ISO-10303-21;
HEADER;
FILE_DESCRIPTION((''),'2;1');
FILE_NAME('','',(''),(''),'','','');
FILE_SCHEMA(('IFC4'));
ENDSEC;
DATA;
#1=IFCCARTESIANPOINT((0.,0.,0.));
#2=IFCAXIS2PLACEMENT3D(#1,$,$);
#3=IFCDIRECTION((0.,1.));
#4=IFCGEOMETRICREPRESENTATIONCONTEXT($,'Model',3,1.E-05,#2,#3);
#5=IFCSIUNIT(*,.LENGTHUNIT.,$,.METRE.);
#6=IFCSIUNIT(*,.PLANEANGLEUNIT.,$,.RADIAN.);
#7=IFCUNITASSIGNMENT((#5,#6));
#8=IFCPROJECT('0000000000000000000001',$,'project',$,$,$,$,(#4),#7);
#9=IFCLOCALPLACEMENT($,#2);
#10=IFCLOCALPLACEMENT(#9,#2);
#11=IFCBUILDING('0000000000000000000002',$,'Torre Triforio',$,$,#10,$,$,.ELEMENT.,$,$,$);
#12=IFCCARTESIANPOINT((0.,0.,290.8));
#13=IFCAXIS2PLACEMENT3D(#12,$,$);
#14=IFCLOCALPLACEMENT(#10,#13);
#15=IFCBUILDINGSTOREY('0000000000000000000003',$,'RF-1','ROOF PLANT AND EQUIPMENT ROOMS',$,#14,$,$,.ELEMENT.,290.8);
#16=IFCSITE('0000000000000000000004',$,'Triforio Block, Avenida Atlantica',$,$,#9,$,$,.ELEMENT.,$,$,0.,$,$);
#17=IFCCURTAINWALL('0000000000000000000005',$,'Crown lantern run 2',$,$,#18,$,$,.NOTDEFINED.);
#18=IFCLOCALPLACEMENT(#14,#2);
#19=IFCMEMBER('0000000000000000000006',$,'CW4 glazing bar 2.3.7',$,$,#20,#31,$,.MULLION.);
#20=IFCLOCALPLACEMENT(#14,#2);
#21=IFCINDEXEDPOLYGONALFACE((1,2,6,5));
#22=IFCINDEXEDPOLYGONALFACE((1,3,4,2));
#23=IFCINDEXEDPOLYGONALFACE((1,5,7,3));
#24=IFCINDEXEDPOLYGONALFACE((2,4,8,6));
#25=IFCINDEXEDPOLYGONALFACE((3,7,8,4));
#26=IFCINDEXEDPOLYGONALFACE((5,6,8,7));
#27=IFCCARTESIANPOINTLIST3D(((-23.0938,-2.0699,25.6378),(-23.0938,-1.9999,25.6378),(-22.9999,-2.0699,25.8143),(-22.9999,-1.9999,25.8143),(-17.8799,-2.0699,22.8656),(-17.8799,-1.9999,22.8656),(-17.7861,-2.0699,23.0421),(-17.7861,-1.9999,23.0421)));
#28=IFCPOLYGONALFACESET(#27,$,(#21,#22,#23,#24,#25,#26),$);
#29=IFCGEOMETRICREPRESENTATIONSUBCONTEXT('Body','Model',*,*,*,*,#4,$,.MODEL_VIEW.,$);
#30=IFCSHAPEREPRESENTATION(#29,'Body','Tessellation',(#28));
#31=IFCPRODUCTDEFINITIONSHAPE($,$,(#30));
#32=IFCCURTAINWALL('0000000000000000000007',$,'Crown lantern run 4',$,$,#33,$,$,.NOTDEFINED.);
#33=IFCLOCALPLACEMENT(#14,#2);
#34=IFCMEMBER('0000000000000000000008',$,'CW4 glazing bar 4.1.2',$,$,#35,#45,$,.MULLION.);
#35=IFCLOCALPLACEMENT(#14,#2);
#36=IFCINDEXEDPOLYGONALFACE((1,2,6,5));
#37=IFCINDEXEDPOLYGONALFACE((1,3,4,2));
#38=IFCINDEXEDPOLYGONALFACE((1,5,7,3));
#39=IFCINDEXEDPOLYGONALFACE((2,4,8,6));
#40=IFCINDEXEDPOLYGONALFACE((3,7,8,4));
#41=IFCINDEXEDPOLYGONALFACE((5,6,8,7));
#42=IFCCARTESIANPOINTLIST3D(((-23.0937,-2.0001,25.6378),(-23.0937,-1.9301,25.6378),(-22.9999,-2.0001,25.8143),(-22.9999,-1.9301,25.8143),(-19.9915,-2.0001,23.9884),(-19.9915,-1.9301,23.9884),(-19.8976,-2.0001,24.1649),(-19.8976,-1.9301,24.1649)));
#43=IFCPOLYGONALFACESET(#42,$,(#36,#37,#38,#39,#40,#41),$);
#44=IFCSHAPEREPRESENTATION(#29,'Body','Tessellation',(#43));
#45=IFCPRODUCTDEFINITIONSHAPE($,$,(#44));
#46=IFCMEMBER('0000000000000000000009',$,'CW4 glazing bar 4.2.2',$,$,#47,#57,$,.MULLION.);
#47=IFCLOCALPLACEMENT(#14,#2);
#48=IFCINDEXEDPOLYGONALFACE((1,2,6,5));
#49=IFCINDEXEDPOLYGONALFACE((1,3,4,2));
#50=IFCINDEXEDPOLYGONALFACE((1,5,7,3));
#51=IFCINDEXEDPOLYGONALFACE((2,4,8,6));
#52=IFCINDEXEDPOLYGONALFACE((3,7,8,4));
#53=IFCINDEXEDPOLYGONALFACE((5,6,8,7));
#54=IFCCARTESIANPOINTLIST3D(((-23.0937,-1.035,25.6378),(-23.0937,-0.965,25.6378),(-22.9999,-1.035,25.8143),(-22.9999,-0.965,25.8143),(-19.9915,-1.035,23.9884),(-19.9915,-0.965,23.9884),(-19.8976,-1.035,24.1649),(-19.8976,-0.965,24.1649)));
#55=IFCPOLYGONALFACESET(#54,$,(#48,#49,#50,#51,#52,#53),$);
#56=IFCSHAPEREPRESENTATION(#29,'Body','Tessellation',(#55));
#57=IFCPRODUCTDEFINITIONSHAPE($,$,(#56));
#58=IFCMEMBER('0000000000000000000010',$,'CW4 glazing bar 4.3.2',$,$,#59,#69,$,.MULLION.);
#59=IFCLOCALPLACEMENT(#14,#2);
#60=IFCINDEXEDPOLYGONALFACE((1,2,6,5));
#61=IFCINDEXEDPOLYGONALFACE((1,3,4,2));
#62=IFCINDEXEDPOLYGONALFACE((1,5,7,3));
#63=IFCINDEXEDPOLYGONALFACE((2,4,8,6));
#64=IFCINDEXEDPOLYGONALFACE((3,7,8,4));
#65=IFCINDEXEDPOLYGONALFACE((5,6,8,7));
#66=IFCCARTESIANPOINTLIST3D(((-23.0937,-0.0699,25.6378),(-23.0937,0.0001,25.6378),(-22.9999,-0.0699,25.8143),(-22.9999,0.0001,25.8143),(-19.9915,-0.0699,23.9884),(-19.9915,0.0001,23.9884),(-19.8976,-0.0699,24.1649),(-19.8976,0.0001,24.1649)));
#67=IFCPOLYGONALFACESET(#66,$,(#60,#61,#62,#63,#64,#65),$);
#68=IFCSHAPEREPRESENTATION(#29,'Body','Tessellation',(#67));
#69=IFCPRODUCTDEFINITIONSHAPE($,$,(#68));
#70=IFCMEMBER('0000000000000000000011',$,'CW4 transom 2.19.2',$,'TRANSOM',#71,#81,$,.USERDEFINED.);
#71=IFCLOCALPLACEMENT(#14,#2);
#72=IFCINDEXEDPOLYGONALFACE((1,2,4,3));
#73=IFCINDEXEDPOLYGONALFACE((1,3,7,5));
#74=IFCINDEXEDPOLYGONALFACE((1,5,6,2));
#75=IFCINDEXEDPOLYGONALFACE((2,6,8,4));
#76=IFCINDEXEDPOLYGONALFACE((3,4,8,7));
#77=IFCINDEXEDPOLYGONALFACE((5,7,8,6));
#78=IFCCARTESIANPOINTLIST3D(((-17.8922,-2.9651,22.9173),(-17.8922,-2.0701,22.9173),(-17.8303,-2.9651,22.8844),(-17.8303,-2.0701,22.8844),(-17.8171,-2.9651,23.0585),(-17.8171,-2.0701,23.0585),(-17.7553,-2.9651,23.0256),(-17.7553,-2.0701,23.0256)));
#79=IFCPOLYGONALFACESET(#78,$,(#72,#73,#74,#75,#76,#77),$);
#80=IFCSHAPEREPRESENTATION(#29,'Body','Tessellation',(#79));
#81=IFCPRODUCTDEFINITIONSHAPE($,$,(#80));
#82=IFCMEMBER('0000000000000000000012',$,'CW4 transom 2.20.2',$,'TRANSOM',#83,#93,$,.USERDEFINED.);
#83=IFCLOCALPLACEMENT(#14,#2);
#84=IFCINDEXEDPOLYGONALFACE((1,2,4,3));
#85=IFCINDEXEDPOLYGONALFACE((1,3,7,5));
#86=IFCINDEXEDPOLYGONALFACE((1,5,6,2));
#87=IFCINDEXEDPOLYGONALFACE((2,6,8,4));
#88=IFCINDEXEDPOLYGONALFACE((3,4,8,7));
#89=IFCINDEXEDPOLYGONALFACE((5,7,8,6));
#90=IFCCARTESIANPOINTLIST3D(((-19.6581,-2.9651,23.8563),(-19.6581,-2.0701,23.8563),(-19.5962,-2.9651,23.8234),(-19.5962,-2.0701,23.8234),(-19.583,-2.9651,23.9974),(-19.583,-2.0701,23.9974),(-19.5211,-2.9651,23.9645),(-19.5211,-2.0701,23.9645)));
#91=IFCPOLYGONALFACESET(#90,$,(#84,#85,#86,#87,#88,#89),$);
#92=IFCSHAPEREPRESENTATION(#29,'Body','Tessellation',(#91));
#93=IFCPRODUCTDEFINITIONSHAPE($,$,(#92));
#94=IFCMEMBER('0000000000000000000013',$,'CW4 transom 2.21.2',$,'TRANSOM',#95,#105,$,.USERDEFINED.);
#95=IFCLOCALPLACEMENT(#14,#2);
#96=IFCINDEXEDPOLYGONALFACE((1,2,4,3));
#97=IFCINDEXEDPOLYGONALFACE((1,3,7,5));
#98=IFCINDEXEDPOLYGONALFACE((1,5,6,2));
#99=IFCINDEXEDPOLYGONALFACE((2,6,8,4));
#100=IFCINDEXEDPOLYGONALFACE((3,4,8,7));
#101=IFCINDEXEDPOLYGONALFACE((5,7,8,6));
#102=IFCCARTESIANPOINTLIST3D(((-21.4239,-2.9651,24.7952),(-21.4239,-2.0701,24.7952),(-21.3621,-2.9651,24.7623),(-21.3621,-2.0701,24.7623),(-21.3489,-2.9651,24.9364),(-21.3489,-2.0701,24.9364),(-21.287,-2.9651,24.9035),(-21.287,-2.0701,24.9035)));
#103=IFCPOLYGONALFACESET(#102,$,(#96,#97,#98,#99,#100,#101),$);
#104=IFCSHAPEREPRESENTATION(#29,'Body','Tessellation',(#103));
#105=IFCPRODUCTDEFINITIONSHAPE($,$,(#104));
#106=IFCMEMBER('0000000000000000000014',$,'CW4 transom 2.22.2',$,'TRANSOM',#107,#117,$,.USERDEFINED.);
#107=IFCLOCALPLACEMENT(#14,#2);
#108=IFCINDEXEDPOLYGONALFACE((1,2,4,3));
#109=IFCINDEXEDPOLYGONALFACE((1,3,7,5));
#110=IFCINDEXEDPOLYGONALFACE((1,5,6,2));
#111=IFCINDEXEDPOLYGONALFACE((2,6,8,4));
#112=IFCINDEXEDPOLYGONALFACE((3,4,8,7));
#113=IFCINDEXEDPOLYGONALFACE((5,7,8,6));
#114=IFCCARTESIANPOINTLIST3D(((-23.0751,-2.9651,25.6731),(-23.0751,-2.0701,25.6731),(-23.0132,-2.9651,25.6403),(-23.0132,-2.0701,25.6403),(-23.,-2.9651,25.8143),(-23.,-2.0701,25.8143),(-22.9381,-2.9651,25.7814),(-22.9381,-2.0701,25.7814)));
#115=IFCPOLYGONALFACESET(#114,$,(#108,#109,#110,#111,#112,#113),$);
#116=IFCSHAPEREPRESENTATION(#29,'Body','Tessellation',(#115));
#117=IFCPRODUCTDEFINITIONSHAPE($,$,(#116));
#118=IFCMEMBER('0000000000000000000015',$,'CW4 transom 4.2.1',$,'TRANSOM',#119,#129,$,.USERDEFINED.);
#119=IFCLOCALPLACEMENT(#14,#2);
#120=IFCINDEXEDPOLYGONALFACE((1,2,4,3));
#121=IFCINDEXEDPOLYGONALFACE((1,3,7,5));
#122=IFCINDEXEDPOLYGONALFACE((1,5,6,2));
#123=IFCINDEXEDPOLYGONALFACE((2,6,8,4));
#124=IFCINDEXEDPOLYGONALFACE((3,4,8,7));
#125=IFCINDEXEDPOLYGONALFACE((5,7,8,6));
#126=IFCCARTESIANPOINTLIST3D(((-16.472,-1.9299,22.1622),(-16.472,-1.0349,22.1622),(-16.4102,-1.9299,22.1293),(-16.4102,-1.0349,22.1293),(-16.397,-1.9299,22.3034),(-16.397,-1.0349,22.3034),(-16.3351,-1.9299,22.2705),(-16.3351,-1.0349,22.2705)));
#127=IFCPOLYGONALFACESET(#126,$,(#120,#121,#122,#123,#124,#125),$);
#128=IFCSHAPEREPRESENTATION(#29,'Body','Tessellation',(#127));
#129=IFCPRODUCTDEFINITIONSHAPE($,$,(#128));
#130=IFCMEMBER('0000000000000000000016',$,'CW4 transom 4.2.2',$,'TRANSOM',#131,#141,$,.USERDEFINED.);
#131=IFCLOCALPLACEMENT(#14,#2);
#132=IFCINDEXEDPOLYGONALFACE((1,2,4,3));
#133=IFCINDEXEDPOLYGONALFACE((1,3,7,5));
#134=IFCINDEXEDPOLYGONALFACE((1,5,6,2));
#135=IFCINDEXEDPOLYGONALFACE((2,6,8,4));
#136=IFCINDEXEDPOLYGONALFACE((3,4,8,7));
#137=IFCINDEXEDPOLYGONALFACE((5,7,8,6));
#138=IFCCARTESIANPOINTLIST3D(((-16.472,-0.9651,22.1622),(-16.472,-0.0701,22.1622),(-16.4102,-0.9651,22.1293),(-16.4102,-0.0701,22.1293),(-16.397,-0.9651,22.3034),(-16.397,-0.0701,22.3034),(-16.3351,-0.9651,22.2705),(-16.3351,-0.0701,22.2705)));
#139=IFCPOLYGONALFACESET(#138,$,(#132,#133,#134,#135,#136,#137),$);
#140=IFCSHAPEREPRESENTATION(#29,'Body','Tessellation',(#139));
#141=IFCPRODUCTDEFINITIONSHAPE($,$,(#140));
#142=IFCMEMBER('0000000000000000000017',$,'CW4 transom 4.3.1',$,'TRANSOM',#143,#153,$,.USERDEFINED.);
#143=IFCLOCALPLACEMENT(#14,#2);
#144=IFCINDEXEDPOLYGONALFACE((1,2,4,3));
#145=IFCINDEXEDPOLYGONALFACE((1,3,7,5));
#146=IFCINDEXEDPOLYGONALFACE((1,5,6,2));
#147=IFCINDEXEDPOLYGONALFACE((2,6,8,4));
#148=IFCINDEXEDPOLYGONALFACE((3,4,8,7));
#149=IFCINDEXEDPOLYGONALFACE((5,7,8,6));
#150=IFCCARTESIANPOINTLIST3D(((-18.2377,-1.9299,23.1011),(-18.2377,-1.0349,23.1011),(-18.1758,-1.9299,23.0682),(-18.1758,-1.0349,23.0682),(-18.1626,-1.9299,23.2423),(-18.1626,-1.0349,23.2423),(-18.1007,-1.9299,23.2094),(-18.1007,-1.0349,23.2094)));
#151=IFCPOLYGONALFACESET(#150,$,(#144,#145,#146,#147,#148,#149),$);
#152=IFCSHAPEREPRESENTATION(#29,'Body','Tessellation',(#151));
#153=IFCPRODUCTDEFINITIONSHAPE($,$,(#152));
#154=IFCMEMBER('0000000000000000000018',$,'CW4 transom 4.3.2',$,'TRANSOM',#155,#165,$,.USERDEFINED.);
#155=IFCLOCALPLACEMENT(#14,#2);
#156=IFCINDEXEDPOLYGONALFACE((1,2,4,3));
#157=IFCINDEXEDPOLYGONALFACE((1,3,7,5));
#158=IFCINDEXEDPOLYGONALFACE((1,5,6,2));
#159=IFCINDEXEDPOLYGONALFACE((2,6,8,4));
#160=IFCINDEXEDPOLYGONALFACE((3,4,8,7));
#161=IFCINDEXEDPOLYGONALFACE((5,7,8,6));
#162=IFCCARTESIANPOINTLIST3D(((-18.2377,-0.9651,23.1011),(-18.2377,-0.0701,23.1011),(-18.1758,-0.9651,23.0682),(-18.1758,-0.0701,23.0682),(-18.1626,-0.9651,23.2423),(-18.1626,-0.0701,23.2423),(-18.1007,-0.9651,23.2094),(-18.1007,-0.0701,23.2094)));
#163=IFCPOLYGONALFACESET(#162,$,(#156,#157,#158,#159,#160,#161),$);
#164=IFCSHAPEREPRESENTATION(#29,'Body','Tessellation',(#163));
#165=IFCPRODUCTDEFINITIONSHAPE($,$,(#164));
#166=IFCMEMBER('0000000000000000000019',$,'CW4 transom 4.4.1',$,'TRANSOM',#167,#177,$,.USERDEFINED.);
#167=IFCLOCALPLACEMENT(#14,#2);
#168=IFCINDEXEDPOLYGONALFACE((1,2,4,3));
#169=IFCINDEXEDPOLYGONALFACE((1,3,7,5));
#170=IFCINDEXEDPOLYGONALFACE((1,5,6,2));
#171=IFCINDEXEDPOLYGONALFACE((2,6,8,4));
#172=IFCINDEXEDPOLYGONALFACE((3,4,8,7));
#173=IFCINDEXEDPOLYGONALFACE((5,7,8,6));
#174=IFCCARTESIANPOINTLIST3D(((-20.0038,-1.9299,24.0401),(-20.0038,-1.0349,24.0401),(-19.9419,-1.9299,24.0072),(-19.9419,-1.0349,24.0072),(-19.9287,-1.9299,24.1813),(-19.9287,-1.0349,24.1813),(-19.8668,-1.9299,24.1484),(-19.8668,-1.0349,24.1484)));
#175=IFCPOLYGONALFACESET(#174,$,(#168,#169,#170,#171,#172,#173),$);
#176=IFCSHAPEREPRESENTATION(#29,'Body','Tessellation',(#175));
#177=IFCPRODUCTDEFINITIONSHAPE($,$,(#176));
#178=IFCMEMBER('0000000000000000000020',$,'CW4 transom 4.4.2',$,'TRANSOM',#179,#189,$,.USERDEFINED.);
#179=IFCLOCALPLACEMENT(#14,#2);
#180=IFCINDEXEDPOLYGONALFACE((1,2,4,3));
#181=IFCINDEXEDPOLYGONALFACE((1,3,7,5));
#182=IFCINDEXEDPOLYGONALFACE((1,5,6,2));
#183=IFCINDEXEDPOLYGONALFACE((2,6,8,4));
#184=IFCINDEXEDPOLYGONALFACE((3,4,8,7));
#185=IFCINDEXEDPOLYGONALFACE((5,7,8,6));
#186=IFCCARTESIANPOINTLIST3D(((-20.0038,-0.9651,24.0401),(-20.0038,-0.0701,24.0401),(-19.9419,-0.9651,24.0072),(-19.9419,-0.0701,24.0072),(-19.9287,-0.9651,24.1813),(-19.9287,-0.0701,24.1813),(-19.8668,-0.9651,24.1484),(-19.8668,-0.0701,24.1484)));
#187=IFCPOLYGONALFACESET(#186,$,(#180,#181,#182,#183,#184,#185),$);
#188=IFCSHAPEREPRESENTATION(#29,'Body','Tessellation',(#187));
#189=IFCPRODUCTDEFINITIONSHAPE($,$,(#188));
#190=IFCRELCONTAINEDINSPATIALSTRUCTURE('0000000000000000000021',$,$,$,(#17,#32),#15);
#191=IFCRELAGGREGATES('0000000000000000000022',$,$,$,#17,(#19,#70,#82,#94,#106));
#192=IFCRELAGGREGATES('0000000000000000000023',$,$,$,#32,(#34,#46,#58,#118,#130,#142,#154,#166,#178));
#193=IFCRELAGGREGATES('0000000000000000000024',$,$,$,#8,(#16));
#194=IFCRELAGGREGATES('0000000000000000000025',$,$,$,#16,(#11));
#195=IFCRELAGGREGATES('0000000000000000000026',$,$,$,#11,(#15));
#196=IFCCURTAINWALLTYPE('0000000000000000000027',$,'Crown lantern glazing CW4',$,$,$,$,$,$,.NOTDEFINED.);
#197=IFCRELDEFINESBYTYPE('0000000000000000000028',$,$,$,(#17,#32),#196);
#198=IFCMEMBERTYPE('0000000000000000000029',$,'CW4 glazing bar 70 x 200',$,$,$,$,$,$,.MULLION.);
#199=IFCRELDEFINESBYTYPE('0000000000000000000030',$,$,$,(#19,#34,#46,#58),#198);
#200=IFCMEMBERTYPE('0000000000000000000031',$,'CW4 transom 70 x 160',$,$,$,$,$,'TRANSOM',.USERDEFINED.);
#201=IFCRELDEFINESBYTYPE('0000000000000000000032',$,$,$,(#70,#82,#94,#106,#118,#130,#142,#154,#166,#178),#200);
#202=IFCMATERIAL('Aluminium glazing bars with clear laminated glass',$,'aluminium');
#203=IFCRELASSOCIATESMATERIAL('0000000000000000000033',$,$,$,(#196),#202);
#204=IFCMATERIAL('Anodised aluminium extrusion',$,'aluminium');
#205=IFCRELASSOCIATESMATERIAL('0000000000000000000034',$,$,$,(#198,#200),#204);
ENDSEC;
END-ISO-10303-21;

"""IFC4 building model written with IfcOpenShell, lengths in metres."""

from ifc_helpers import new_model, si_unit, direction, frame, origin, origin_2d, place, context, subcontext, project, spatial, rectangle, extrude, material, material_profile, profile_set, type_object, element, aggregate, save


model = new_model("IFC4")

# Units and contexts
model_context = context("Model", 3, precision=1e-05, world=origin(), true_north=direction((0.0, 1.0)))
body_context = subcontext(model_context, "Body", "Model", "MODEL_VIEW")
ifc_project = project(units=[si_unit("LENGTHUNIT", "METRE"), si_unit("PLANEANGLEUNIT", "RADIAN")], contexts=[model_context])

# Site, building, storey
site_placement = place(None, origin())
site = spatial("IfcSite", under=ifc_project, at=site_placement, Name="Triforio Block, Avenida Atlantica", CompositionType="ELEMENT", RefElevation=0.0)
building_placement = place(site_placement, origin())
building = spatial("IfcBuilding", under=site, at=building_placement, Name="Torre Triforio", CompositionType="ELEMENT")
storey_placement = place(building_placement, frame((0.0, 0.0, 290.8)))
storey = spatial("IfcBuildingStorey", under=building, at=storey_placement, Name="RF-1", Description="ROOF PLANT AND EQUIPMENT ROOMS", CompositionType="ELEMENT", Elevation=290.8)

# Curtain wall, member
ifc_material_1 = material(Name="Aluminium glazing bars with clear laminated glass", Category="aluminium")
curtain_wall_type = type_object("IfcCurtainWallType", Name="Crown lantern glazing CW4", PredefinedType="NOTDEFINED", material=ifc_material_1)
curtain_wall_1_placement = place(storey_placement, origin())
curtain_wall_1 = element("IfcCurtainWall", 1, at=curtain_wall_1_placement, inside=storey, type_object=curtain_wall_type, Name="Crown lantern run 2", PredefinedType="NOTDEFINED")
ifc_material_2 = material(Name="Anodised aluminium extrusion", Category="aluminium")
ifc_material_profile_1 = material_profile(ifc_material_2, rectangle(XDim=0.0701, YDim=0.2, at=origin_2d()), Name="CW4 MULLION 70x200")
ifc_profile_set_1 = profile_set([ifc_material_profile_1], Name="Anodised aluminium extrusion")
member_type_1 = type_object("IfcMemberType", Name="CW4 glazing bar 70 x 200", PredefinedType="MULLION", material=ifc_profile_set_1)
member_1_placement = place(storey_placement, frame((-17.833, -2.0349, 22.9539), z_axis=(-0.882951, 0.0, 0.469466), x_axis=(0.0, -1.0, 0.0)))
member_1 = element("IfcMember", 2, at=member_1_placement, type_object=member_type_1, Name="CW4 glazing bar 2.3.7", PredefinedType="MULLION", context=body_context, shape_type="SweptSolid", body=[
    extrude(rectangle(XDim=0.0701, YDim=0.2, at=origin_2d()), origin(), (0.0, 0.0, 1.0), 5.905),
])

# Curtain wall, members
curtain_wall_2_placement = place(storey_placement, origin())
curtain_wall_2 = element("IfcCurtainWall", 3, at=curtain_wall_2_placement, inside=storey, type_object=curtain_wall_type, Name="Crown lantern run 4", PredefinedType="NOTDEFINED")
member_2_placement = place(storey_placement, frame((-19.9446, -1.9651, 24.0767), z_axis=(-0.88296, 0.0, 0.469448), x_axis=(0.0, -1.0, 0.0)))
member_2 = element("IfcMember", 4, at=member_2_placement, type_object=member_type_1, Name="CW4 glazing bar 4.1.2", PredefinedType="MULLION", context=body_context, shape_type="SweptSolid", body=[
    extrude(rectangle(XDim=0.0701, YDim=0.2, at=origin_2d()), origin(), (0.0, 0.0, 1.0), 3.5134),
])
member_3_placement = place(storey_placement, frame((-19.9446, -1.0, 24.0767), z_axis=(-0.88296, 0.0, 0.469448), x_axis=(0.0, -1.0, 0.0)))
member_3 = element("IfcMember", 5, at=member_3_placement, type_object=member_type_1, Name="CW4 glazing bar 4.2.2", PredefinedType="MULLION", context=body_context, shape_type="SweptSolid", body=[
    extrude(rectangle(XDim=0.0701, YDim=0.2, at=origin_2d()), origin(), (0.0, 0.0, 1.0), 3.5134),
])
member_4_placement = place(storey_placement, frame((-19.9446, -0.0349, 24.0767), z_axis=(-0.88296, 0.0, 0.469448), x_axis=(0.0, -1.0, 0.0)))
member_4 = element("IfcMember", 6, at=member_4_placement, type_object=member_type_1, Name="CW4 glazing bar 4.3.2", PredefinedType="MULLION", context=body_context, shape_type="SweptSolid", body=[
    extrude(rectangle(XDim=0.0701, YDim=0.2, at=origin_2d()), origin(), (0.0, 0.0, 1.0), 3.5134),
])

# Members
ifc_material_profile_2 = material_profile(ifc_material_2, rectangle(XDim=0.0701, YDim=0.1599, at=origin_2d()), Name="CW4 TRANSOM 70x160")
ifc_profile_set_2 = profile_set([ifc_material_profile_2], Name="Anodised aluminium extrusion")
member_type_2 = type_object("IfcMemberType", Name="CW4 transom 70 x 160", ElementType="TRANSOM", PredefinedType="USERDEFINED", material=ifc_profile_set_2)
member_5_placement = place(storey_placement, frame((-17.8237, -2.9651, 22.9714), z_axis=(0.0, 1.0, 0.0), x_axis=(-0.882948, 0.0, 0.469472)))
member_5 = element("IfcMember", 7, at=member_5_placement, type_object=member_type_2, Name="CW4 transom 2.19.2", ObjectType="TRANSOM", PredefinedType="USERDEFINED", context=body_context, shape_type="SweptSolid", body=[
    extrude(rectangle(XDim=0.0701, YDim=0.1599, at=origin_2d()), origin(), (0.0, 0.0, 1.0), 0.895),
])
member_6_placement = place(storey_placement, frame((-19.5896, -2.9651, 23.9104), z_axis=(0.0, 1.0, 0.0), x_axis=(-0.882948, 0.0, 0.469472)))
member_6 = element("IfcMember", 8, at=member_6_placement, type_object=member_type_2, Name="CW4 transom 2.20.2", ObjectType="TRANSOM", PredefinedType="USERDEFINED", context=body_context, shape_type="SweptSolid", body=[
    extrude(rectangle(XDim=0.0701, YDim=0.1599, at=origin_2d()), origin(), (0.0, 0.0, 1.0), 0.895),
])
member_7_placement = place(storey_placement, frame((-21.3555, -2.9651, 24.8494), z_axis=(0.0, 1.0, 0.0), x_axis=(-0.882948, 0.0, 0.469472)))
member_7 = element("IfcMember", 9, at=member_7_placement, type_object=member_type_2, Name="CW4 transom 2.21.2", ObjectType="TRANSOM", PredefinedType="USERDEFINED", context=body_context, shape_type="SweptSolid", body=[
    extrude(rectangle(XDim=0.0701, YDim=0.1599, at=origin_2d()), origin(), (0.0, 0.0, 1.0), 0.895),
])
member_8_placement = place(storey_placement, frame((-23.0066, -2.9651, 25.7273), z_axis=(0.0, 1.0, 0.0), x_axis=(-0.882948, 0.0, 0.469472)))
member_8 = element("IfcMember", 10, at=member_8_placement, type_object=member_type_2, Name="CW4 transom 2.22.2", ObjectType="TRANSOM", PredefinedType="USERDEFINED", context=body_context, shape_type="SweptSolid", body=[
    extrude(rectangle(XDim=0.0701, YDim=0.1599, at=origin_2d()), origin(), (0.0, 0.0, 1.0), 0.895),
])
member_9_placement = place(storey_placement, frame((-16.4036, -1.9299, 22.2163), z_axis=(0.0, 1.0, 0.0), x_axis=(-0.882948, 0.0, 0.469472)))
member_9 = element("IfcMember", 11, at=member_9_placement, type_object=member_type_2, Name="CW4 transom 4.2.1", ObjectType="TRANSOM", PredefinedType="USERDEFINED", context=body_context, shape_type="SweptSolid", body=[
    extrude(rectangle(XDim=0.0701, YDim=0.1599, at=origin_2d()), origin(), (0.0, 0.0, 1.0), 0.895),
])
member_10_placement = place(storey_placement, frame((-16.4036, -0.9651, 22.2163), z_axis=(0.0, 1.0, 0.0), x_axis=(-0.882948, 0.0, 0.469472)))
member_10 = element("IfcMember", 12, at=member_10_placement, type_object=member_type_2, Name="CW4 transom 4.2.2", ObjectType="TRANSOM", PredefinedType="USERDEFINED", context=body_context, shape_type="SweptSolid", body=[
    extrude(rectangle(XDim=0.0701, YDim=0.1599, at=origin_2d()), origin(), (0.0, 0.0, 1.0), 0.895),
])
member_11_placement = place(storey_placement, frame((-18.1692, -1.9299, 23.1553), z_axis=(0.0, 1.0, 0.0), x_axis=(-0.882948, 0.0, 0.469472)))
member_11 = element("IfcMember", 13, at=member_11_placement, type_object=member_type_2, Name="CW4 transom 4.3.1", ObjectType="TRANSOM", PredefinedType="USERDEFINED", context=body_context, shape_type="SweptSolid", body=[
    extrude(rectangle(XDim=0.0701, YDim=0.1599, at=origin_2d()), origin(), (0.0, 0.0, 1.0), 0.895),
])
member_12_placement = place(storey_placement, frame((-18.1692, -0.9651, 23.1553), z_axis=(0.0, 1.0, 0.0), x_axis=(-0.882948, 0.0, 0.469472)))
member_12 = element("IfcMember", 14, at=member_12_placement, type_object=member_type_2, Name="CW4 transom 4.3.2", ObjectType="TRANSOM", PredefinedType="USERDEFINED", context=body_context, shape_type="SweptSolid", body=[
    extrude(rectangle(XDim=0.0701, YDim=0.1599, at=origin_2d()), origin(), (0.0, 0.0, 1.0), 0.895),
])
member_13_placement = place(storey_placement, frame((-19.9353, -1.9299, 24.0942), z_axis=(0.0, 1.0, 0.0), x_axis=(-0.882948, 0.0, 0.469472)))
member_13 = element("IfcMember", 15, at=member_13_placement, type_object=member_type_2, Name="CW4 transom 4.4.1", ObjectType="TRANSOM", PredefinedType="USERDEFINED", context=body_context, shape_type="SweptSolid", body=[
    extrude(rectangle(XDim=0.0701, YDim=0.1599, at=origin_2d()), origin(), (0.0, 0.0, 1.0), 0.895),
])
member_14_placement = place(storey_placement, frame((-19.9353, -0.9651, 24.0942), z_axis=(0.0, 1.0, 0.0), x_axis=(-0.882948, 0.0, 0.469472)))
member_14 = element("IfcMember", 16, at=member_14_placement, type_object=member_type_2, Name="CW4 transom 4.4.2", ObjectType="TRANSOM", PredefinedType="USERDEFINED", context=body_context, shape_type="SweptSolid", body=[
    extrude(rectangle(XDim=0.0701, YDim=0.1599, at=origin_2d()), origin(), (0.0, 0.0, 1.0), 0.895),
])

aggregate(curtain_wall_1, [member_1, member_5, member_6, member_7, member_8])
aggregate(curtain_wall_2, [member_2, member_3, member_4, member_9, member_10, member_11, member_12, member_13, member_14])

save(model, "model.ifc")
